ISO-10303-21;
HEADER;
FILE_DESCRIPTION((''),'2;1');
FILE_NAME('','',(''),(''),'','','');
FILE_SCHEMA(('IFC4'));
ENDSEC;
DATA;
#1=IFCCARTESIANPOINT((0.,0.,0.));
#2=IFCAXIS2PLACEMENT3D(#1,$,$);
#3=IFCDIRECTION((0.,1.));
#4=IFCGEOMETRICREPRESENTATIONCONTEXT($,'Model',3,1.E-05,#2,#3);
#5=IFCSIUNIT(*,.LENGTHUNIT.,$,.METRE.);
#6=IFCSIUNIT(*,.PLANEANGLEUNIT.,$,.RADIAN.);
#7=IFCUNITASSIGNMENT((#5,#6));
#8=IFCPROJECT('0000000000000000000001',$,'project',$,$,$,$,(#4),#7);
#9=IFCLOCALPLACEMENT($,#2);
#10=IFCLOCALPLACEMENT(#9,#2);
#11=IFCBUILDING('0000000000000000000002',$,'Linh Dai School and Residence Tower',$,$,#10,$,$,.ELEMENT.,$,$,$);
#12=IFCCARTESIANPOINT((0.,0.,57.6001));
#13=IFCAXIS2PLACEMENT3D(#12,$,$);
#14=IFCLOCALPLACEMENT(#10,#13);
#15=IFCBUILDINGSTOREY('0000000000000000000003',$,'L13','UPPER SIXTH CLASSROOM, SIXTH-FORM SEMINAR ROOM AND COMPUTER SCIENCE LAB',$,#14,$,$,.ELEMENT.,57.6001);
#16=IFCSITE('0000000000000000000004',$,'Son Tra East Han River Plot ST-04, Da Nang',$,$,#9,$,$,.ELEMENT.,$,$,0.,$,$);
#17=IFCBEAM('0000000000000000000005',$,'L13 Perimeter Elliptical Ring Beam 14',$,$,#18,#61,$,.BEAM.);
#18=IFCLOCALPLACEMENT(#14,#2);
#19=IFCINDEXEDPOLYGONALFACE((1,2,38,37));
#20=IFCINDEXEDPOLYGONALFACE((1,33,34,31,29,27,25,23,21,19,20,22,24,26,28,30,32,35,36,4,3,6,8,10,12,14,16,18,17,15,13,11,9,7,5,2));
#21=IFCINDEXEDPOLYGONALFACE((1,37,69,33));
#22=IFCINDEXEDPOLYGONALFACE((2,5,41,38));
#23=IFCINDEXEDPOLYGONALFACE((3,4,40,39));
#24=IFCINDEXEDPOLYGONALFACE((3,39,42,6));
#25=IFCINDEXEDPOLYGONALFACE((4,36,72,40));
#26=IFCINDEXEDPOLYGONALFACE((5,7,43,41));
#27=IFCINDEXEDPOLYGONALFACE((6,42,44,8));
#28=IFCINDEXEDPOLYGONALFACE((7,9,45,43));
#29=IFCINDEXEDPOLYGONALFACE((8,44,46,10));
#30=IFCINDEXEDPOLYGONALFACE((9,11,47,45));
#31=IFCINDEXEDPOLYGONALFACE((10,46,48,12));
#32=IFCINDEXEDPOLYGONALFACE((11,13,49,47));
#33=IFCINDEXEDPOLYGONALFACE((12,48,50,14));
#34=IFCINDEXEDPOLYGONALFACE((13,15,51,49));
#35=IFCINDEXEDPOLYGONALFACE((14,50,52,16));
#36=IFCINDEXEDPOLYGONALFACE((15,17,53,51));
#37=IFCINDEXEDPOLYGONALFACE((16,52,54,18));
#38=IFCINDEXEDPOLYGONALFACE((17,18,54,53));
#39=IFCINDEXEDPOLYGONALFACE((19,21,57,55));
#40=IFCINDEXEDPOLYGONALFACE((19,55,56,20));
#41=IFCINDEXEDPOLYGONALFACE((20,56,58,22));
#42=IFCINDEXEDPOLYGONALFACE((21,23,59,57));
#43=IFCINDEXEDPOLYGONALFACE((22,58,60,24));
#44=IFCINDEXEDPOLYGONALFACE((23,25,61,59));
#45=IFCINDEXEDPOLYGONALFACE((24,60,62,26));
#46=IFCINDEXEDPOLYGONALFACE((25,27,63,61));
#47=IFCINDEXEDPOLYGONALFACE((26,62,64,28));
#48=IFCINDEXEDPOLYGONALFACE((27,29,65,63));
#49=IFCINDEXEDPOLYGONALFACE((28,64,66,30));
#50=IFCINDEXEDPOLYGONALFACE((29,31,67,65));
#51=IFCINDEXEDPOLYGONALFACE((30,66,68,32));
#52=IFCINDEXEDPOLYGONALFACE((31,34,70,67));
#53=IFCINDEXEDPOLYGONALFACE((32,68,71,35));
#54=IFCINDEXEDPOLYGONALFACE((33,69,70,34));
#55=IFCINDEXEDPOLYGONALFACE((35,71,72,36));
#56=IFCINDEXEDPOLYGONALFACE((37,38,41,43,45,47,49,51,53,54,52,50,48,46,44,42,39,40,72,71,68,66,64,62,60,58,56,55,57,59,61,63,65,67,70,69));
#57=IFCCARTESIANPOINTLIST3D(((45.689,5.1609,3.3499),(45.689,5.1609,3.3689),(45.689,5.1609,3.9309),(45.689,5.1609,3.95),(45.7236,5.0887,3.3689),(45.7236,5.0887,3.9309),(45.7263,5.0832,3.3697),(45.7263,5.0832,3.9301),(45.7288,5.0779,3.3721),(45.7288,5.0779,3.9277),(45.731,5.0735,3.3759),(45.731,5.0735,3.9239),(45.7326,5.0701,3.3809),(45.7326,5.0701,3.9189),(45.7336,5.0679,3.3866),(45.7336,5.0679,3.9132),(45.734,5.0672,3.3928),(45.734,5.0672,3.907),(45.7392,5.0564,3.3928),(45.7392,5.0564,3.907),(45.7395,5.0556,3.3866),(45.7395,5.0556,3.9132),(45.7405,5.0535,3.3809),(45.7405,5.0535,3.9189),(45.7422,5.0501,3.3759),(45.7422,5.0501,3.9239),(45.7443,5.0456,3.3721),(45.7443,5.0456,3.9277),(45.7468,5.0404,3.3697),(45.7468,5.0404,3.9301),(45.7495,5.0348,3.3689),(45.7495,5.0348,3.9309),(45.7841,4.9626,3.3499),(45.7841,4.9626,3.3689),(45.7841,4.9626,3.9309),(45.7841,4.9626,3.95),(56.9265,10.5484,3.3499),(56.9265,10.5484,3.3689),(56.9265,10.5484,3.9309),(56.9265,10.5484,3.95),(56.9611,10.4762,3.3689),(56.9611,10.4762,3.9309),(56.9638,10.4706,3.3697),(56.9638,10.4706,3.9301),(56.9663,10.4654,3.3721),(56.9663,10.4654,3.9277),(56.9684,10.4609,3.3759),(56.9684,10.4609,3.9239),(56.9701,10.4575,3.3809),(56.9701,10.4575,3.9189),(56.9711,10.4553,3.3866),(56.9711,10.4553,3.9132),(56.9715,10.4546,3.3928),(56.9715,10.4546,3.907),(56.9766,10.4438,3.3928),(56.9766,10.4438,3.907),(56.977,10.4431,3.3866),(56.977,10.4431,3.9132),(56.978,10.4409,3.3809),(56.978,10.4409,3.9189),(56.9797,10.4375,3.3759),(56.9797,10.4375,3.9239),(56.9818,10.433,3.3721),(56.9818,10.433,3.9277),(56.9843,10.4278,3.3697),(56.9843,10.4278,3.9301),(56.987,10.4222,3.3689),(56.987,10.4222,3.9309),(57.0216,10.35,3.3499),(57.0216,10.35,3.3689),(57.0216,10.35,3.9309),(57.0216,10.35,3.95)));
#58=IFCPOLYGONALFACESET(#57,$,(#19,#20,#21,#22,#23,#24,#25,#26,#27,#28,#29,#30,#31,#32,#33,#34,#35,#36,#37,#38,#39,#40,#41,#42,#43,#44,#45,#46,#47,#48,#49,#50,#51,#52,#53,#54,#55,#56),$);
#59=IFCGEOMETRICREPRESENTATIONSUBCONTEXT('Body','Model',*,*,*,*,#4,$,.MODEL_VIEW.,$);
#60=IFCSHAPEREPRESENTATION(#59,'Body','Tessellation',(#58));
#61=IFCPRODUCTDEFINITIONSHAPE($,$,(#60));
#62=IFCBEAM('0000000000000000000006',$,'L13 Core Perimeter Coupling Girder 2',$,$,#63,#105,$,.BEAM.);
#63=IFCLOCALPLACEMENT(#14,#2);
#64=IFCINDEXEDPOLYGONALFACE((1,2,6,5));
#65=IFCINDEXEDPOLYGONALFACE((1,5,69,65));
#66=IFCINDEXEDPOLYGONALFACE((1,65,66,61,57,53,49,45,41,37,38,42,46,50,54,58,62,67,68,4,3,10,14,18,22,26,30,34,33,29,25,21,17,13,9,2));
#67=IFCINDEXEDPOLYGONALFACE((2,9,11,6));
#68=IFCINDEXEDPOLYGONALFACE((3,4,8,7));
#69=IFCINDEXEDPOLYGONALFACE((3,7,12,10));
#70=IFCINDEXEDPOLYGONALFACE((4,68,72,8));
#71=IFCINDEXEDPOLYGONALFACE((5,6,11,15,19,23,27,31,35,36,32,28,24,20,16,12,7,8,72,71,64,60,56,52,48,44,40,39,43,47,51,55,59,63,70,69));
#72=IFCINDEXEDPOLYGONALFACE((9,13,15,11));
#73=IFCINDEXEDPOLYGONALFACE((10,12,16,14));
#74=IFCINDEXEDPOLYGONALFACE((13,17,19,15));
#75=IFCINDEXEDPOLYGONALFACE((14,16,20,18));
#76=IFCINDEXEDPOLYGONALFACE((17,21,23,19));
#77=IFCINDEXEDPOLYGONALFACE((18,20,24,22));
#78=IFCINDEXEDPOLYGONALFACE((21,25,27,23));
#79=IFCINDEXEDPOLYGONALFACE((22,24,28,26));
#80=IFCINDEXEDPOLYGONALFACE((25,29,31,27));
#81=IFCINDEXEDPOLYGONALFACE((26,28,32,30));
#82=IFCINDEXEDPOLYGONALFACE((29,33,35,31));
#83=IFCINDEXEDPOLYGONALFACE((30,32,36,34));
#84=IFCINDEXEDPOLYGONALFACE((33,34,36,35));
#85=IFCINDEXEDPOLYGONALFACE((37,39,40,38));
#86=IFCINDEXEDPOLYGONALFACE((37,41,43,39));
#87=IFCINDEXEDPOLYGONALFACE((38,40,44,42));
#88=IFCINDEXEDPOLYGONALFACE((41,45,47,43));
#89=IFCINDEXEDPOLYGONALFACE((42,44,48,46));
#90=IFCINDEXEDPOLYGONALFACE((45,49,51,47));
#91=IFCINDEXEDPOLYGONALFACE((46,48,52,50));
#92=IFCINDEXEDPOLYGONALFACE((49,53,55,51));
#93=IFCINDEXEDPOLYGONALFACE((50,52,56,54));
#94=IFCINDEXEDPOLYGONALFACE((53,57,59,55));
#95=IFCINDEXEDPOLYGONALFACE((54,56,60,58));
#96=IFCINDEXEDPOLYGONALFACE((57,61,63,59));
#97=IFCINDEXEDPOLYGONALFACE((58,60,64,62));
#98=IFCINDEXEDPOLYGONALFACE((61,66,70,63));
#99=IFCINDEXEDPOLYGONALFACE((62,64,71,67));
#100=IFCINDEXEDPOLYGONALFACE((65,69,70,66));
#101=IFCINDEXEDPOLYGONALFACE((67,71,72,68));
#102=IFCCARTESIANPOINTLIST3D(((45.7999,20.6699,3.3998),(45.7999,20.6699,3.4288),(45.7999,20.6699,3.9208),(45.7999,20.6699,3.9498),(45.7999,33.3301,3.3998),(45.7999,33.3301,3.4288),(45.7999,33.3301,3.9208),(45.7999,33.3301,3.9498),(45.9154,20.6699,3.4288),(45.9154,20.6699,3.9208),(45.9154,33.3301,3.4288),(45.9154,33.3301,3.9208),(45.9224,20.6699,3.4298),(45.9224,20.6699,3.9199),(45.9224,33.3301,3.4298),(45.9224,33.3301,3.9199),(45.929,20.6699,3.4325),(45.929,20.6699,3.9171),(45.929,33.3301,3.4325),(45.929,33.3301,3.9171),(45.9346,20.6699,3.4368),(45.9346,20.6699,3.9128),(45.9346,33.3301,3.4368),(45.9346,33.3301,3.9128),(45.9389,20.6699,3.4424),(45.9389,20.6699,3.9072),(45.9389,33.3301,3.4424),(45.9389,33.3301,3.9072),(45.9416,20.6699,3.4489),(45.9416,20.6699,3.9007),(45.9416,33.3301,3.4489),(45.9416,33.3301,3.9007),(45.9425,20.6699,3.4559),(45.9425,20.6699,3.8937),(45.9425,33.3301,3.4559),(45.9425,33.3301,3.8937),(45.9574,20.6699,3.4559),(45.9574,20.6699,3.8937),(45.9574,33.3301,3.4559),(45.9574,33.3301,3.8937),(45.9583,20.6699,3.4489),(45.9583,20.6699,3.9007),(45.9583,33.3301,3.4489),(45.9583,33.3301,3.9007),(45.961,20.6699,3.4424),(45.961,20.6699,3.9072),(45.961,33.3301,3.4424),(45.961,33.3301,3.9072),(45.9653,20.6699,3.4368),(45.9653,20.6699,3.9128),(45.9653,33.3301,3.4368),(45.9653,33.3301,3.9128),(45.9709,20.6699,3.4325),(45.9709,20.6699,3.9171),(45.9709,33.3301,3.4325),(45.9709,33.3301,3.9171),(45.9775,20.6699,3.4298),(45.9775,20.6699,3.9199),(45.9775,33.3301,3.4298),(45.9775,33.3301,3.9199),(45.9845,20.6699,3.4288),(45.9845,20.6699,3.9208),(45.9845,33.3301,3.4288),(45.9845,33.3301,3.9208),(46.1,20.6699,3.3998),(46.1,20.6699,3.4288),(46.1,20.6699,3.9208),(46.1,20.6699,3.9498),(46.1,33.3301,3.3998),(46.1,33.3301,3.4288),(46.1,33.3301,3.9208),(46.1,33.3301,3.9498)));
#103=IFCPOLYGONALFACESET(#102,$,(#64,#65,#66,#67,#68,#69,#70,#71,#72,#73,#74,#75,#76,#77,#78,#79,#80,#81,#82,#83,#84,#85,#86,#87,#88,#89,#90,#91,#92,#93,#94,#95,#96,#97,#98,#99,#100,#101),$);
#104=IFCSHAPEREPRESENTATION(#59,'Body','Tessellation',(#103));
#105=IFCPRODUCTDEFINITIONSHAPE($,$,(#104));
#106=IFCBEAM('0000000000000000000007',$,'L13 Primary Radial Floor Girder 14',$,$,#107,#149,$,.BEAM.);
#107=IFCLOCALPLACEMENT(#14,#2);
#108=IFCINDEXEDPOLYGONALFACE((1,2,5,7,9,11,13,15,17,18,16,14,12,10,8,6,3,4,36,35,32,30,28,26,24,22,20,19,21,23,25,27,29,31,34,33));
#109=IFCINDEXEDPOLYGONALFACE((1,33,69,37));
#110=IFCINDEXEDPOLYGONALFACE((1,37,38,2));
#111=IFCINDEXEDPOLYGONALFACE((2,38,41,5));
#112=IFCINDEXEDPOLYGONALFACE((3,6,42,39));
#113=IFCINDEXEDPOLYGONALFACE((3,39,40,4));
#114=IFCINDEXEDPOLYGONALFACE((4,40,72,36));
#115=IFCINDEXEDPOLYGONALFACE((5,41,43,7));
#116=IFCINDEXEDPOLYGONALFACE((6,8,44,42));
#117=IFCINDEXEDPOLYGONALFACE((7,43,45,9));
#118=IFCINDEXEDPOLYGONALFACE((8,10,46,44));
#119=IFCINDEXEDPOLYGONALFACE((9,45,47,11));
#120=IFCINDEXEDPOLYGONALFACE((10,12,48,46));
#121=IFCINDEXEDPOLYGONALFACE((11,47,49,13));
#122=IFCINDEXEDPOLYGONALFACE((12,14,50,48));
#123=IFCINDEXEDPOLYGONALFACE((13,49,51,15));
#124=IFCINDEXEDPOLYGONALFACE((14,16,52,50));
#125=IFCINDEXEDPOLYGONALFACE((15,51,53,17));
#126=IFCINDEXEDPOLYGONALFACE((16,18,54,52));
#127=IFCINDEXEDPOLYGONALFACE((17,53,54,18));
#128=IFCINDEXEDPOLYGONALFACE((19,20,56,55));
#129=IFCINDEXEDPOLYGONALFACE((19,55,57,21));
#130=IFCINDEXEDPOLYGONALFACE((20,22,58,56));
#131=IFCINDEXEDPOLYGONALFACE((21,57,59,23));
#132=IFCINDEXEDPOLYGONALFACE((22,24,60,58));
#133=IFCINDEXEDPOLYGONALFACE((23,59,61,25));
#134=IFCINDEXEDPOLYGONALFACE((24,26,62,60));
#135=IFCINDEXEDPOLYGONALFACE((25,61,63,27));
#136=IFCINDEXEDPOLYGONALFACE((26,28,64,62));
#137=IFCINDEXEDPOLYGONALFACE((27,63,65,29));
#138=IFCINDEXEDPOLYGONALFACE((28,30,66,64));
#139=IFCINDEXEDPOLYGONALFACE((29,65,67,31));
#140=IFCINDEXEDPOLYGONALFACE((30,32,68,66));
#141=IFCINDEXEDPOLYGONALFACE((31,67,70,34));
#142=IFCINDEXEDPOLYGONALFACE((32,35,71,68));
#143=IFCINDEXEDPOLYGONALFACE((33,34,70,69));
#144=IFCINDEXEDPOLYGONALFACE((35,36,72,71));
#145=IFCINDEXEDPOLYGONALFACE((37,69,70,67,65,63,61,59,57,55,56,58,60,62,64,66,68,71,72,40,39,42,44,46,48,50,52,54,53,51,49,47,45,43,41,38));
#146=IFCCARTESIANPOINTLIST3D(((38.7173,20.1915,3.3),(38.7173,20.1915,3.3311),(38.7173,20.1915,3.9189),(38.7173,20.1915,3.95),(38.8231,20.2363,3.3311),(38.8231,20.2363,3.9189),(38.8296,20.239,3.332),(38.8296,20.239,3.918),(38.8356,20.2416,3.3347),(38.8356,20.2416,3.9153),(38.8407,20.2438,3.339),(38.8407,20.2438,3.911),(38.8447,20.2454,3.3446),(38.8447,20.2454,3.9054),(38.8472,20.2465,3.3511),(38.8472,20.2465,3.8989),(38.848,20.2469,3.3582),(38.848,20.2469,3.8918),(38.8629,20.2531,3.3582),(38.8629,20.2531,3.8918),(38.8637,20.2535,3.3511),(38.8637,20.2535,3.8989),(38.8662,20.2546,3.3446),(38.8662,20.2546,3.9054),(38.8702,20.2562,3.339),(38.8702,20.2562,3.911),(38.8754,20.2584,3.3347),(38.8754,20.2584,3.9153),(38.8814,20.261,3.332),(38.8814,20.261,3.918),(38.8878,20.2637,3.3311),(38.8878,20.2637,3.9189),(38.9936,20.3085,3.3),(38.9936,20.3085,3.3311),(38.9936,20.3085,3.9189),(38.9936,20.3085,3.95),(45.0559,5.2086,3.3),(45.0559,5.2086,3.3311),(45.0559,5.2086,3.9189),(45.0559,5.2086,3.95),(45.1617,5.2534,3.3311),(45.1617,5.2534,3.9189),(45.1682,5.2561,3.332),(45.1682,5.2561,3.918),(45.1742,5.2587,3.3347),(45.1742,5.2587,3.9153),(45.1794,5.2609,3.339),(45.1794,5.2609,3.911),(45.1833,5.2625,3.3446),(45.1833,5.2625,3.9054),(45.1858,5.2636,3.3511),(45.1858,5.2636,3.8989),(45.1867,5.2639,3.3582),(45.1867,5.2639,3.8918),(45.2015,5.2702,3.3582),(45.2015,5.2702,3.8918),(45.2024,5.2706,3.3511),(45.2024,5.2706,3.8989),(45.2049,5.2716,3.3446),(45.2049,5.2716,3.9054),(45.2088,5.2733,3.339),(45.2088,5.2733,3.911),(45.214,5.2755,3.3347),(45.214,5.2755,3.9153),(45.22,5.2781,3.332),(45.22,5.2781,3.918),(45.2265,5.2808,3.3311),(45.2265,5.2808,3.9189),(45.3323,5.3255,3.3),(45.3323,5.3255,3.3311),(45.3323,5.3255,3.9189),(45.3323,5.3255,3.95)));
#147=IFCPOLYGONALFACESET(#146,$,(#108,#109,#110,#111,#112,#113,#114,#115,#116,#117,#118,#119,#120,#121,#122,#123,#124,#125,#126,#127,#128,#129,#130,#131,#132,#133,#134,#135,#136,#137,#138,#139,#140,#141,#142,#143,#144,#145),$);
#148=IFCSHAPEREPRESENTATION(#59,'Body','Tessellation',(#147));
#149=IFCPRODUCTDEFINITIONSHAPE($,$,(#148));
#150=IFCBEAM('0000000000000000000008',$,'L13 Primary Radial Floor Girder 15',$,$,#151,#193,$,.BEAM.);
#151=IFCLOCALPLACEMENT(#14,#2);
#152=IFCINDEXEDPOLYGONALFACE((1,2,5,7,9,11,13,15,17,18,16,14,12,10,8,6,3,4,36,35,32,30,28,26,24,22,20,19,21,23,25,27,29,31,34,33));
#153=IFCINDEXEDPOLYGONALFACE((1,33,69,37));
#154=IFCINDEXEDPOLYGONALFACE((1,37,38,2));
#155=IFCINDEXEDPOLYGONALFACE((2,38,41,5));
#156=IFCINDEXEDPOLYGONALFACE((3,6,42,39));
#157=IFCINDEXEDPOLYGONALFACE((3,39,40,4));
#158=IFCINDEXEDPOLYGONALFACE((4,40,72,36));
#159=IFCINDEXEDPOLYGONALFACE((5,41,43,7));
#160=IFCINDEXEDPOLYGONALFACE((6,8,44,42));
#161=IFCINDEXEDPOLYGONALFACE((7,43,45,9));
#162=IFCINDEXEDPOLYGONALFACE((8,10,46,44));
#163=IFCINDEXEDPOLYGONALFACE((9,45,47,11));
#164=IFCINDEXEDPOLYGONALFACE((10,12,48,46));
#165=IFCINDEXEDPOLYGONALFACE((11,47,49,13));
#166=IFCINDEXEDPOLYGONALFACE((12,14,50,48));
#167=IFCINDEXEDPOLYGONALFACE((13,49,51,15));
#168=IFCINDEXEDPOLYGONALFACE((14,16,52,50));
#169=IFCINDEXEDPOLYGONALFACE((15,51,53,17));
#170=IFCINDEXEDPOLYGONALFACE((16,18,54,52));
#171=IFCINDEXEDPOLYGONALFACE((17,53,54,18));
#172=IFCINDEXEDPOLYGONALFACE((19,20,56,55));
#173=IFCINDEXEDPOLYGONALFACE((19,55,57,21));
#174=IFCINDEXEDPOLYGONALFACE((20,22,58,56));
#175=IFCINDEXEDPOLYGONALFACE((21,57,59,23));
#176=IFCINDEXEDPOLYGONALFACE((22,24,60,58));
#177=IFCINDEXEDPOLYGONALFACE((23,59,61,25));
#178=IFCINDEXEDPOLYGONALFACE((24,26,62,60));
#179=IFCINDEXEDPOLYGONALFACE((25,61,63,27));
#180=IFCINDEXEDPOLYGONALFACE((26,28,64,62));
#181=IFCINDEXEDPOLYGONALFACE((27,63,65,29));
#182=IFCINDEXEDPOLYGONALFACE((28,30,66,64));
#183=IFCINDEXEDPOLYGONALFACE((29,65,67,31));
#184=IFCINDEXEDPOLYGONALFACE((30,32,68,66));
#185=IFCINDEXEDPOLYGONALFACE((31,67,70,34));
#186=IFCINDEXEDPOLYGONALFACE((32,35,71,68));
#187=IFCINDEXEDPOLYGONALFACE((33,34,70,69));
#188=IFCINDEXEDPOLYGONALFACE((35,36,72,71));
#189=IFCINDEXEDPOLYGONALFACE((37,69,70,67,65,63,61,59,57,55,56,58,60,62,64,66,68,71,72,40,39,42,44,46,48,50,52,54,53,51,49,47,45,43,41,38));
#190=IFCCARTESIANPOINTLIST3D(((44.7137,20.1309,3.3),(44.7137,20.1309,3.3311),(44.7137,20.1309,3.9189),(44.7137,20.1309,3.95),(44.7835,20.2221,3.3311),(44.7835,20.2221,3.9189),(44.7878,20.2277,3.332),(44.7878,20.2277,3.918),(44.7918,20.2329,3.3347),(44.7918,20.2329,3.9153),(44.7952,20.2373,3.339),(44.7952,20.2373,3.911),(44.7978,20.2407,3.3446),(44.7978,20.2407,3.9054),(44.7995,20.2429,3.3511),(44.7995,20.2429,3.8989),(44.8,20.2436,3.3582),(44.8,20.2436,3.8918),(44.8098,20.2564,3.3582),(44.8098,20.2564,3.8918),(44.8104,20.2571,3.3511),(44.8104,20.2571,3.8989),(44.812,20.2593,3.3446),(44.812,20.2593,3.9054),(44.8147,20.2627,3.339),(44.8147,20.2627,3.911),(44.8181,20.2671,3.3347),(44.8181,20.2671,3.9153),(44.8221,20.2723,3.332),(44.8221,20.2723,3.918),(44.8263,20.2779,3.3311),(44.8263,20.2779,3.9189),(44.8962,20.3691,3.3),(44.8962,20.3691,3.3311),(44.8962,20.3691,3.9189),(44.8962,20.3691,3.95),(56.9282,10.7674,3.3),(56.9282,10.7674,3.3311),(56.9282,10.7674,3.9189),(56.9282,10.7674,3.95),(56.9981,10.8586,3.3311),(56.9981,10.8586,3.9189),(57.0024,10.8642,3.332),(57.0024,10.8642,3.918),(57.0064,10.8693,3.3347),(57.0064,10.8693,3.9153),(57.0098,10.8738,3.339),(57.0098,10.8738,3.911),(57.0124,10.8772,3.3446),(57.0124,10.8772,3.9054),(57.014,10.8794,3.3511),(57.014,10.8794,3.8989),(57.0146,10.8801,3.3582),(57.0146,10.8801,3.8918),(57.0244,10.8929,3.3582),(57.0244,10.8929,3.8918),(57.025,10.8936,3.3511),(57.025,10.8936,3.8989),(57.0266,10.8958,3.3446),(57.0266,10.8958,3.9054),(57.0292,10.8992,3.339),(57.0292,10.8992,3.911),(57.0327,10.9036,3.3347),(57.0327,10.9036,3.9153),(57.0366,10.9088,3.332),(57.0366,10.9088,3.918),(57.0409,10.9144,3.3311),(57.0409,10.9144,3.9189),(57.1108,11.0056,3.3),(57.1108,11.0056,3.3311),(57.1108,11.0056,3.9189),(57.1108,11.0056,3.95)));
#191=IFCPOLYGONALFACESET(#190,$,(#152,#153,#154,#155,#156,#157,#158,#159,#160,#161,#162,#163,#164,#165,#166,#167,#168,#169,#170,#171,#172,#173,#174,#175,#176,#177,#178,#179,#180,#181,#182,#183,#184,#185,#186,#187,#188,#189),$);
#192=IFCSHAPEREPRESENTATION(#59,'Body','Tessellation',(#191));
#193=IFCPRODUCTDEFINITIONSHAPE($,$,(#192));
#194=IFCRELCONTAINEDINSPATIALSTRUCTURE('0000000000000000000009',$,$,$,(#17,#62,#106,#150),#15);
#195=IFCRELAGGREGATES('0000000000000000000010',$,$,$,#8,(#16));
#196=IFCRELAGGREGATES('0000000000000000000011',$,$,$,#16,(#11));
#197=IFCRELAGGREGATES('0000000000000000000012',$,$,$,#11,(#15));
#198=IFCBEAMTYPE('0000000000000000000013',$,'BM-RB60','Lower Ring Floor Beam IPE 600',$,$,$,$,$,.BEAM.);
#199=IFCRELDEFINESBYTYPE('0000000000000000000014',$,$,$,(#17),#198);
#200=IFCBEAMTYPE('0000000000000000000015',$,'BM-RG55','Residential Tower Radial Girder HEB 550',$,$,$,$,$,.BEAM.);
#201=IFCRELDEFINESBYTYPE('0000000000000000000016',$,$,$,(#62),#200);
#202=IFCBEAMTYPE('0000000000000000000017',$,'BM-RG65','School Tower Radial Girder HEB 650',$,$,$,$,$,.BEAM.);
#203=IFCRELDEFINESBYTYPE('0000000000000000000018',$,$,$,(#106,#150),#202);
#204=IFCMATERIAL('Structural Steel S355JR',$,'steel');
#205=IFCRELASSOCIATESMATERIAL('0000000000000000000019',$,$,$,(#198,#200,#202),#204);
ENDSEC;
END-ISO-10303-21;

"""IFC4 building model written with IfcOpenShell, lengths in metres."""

from ifc_helpers import new_model, si_unit, direction, frame, origin, origin_2d, place, context, subcontext, project, spatial, i_section, extrude, material, material_profile, profile_set, type_object, element, save


model = new_model("IFC4")

# Units and contexts
model_context = context("Model", 3, precision=1e-05, world=origin(), true_north=direction((0.0, 1.0)))
body_context = subcontext(model_context, "Body", "Model", "MODEL_VIEW")
ifc_project = project(units=[si_unit("LENGTHUNIT", "METRE"), si_unit("PLANEANGLEUNIT", "RADIAN")], contexts=[model_context])

# Site, building, storey
site_placement = place(None, origin())
site = spatial("IfcSite", under=ifc_project, at=site_placement, Name="Son Tra East Han River Plot ST-04, Da Nang", CompositionType="ELEMENT", RefElevation=0.0)
building_placement = place(site_placement, origin())
building = spatial("IfcBuilding", under=site, at=building_placement, Name="Linh Dai School and Residence Tower", CompositionType="ELEMENT")
storey_placement = place(building_placement, frame((0.0, 0.0, 57.6001)))
storey = spatial("IfcBuildingStorey", under=building, at=storey_placement, Name="L13", Description="UPPER SIXTH CLASSROOM, SIXTH-FORM SEMINAR ROOM AND COMPUTER SCIENCE LAB", CompositionType="ELEMENT", Elevation=57.6001)

# Shared definitions
ifc_material_1 = material(Name="Structural Steel S355JR", Category="steel")

# Beams
ifc_material_profile_1 = material_profile(ifc_material_1, i_section(OverallWidth=0.22, OverallDepth=0.6001, WebThickness=0.012, FlangeThickness=0.019, FilletRadius=0.0239, at=origin_2d()), Name="IPE 600")
ifc_profile_set_1 = profile_set([ifc_material_profile_1], Name="Structural Steel S355JR")
beam_type_1 = type_object("IfcBeamType", Name="BM-RB60", Description="Lower Ring Floor Beam IPE 600", PredefinedType="BEAM", material=ifc_profile_set_1)
beam_1_placement = place(storey_placement, frame((45.7366, 5.0618, 3.6499), z_axis=(0.901729, 0.432302, 0.0), x_axis=(-0.432302, 0.901729, 0.0)))
element("IfcBeam", 1, at=beam_1_placement, inside=storey, type_object=beam_type_1, Name="L13 Perimeter Elliptical Ring Beam 14", PredefinedType="BEAM", context=body_context, shape_type="SweptSolid", body=[
    extrude(i_section(OverallWidth=0.22, OverallDepth=0.6001, WebThickness=0.012, FlangeThickness=0.019, FilletRadius=0.0239, at=origin_2d()), origin(), (0.0, 0.0, 1.0), 12.4622),
])
ifc_material_profile_2 = material_profile(ifc_material_1, i_section(OverallWidth=0.3, OverallDepth=0.55, WebThickness=0.0149, FlangeThickness=0.0291, FilletRadius=0.0271, at=origin_2d()), Name="HEB 550")
ifc_profile_set_2 = profile_set([ifc_material_profile_2], Name="Structural Steel S355JR")
beam_type_2 = type_object("IfcBeamType", Name="BM-RG55", Description="Residential Tower Radial Girder HEB 550", PredefinedType="BEAM", material=ifc_profile_set_2)
beam_2_placement = place(storey_placement, frame((45.95, 20.6699, 3.6748), z_axis=(0.0, 1.0, 0.0), x_axis=(-1.0, 0.0, 0.0)))
element("IfcBeam", 2, at=beam_2_placement, inside=storey, type_object=beam_type_2, Name="L13 Core Perimeter Coupling Girder 2", PredefinedType="BEAM", context=body_context, shape_type="SweptSolid", body=[
    extrude(i_section(OverallWidth=0.3, OverallDepth=0.55, WebThickness=0.0149, FlangeThickness=0.0291, FilletRadius=0.0271, at=origin_2d()), origin(), (0.0, 0.0, 1.0), 12.6602),
])
ifc_material_profile_3 = material_profile(ifc_material_1, i_section(OverallWidth=0.3, OverallDepth=0.6499, WebThickness=0.0161, FlangeThickness=0.031, FilletRadius=0.0271, at=origin_2d()), Name="HEB 650")
ifc_profile_set_3 = profile_set([ifc_material_profile_3], Name="Structural Steel S355JR")
beam_type_3 = type_object("IfcBeamType", Name="BM-RG65", Description="School Tower Radial Girder HEB 650", PredefinedType="BEAM", material=ifc_profile_set_3)
beam_3_placement = place(storey_placement, frame((38.8555, 20.25, 3.625), z_axis=(0.389624, -0.920974, 0.0), x_axis=(0.920974, 0.389624, 0.0)))
element("IfcBeam", 3, at=beam_3_placement, inside=storey, type_object=beam_type_3, Name="L13 Primary Radial Floor Girder 14", PredefinedType="BEAM", context=body_context, shape_type="SweptSolid", body=[
    extrude(i_section(OverallWidth=0.3, OverallDepth=0.6499, WebThickness=0.0161, FlangeThickness=0.031, FilletRadius=0.0271, at=origin_2d()), origin(), (0.0, 0.0, 1.0), 16.2686),
])
beam_4_placement = place(storey_placement, frame((44.8049, 20.25, 3.625), z_axis=(0.793638, -0.608391, 0.0), x_axis=(0.608391, 0.793638, 0.0)))
element("IfcBeam", 4, at=beam_4_placement, inside=storey, type_object=beam_type_3, Name="L13 Primary Radial Floor Girder 15", PredefinedType="BEAM", context=body_context, shape_type="SweptSolid", body=[
    extrude(i_section(OverallWidth=0.3, OverallDepth=0.6499, WebThickness=0.0161, FlangeThickness=0.031, FilletRadius=0.0271, at=origin_2d()), origin(), (0.0, 0.0, 1.0), 15.3906),
])

save(model, "model.ifc")
